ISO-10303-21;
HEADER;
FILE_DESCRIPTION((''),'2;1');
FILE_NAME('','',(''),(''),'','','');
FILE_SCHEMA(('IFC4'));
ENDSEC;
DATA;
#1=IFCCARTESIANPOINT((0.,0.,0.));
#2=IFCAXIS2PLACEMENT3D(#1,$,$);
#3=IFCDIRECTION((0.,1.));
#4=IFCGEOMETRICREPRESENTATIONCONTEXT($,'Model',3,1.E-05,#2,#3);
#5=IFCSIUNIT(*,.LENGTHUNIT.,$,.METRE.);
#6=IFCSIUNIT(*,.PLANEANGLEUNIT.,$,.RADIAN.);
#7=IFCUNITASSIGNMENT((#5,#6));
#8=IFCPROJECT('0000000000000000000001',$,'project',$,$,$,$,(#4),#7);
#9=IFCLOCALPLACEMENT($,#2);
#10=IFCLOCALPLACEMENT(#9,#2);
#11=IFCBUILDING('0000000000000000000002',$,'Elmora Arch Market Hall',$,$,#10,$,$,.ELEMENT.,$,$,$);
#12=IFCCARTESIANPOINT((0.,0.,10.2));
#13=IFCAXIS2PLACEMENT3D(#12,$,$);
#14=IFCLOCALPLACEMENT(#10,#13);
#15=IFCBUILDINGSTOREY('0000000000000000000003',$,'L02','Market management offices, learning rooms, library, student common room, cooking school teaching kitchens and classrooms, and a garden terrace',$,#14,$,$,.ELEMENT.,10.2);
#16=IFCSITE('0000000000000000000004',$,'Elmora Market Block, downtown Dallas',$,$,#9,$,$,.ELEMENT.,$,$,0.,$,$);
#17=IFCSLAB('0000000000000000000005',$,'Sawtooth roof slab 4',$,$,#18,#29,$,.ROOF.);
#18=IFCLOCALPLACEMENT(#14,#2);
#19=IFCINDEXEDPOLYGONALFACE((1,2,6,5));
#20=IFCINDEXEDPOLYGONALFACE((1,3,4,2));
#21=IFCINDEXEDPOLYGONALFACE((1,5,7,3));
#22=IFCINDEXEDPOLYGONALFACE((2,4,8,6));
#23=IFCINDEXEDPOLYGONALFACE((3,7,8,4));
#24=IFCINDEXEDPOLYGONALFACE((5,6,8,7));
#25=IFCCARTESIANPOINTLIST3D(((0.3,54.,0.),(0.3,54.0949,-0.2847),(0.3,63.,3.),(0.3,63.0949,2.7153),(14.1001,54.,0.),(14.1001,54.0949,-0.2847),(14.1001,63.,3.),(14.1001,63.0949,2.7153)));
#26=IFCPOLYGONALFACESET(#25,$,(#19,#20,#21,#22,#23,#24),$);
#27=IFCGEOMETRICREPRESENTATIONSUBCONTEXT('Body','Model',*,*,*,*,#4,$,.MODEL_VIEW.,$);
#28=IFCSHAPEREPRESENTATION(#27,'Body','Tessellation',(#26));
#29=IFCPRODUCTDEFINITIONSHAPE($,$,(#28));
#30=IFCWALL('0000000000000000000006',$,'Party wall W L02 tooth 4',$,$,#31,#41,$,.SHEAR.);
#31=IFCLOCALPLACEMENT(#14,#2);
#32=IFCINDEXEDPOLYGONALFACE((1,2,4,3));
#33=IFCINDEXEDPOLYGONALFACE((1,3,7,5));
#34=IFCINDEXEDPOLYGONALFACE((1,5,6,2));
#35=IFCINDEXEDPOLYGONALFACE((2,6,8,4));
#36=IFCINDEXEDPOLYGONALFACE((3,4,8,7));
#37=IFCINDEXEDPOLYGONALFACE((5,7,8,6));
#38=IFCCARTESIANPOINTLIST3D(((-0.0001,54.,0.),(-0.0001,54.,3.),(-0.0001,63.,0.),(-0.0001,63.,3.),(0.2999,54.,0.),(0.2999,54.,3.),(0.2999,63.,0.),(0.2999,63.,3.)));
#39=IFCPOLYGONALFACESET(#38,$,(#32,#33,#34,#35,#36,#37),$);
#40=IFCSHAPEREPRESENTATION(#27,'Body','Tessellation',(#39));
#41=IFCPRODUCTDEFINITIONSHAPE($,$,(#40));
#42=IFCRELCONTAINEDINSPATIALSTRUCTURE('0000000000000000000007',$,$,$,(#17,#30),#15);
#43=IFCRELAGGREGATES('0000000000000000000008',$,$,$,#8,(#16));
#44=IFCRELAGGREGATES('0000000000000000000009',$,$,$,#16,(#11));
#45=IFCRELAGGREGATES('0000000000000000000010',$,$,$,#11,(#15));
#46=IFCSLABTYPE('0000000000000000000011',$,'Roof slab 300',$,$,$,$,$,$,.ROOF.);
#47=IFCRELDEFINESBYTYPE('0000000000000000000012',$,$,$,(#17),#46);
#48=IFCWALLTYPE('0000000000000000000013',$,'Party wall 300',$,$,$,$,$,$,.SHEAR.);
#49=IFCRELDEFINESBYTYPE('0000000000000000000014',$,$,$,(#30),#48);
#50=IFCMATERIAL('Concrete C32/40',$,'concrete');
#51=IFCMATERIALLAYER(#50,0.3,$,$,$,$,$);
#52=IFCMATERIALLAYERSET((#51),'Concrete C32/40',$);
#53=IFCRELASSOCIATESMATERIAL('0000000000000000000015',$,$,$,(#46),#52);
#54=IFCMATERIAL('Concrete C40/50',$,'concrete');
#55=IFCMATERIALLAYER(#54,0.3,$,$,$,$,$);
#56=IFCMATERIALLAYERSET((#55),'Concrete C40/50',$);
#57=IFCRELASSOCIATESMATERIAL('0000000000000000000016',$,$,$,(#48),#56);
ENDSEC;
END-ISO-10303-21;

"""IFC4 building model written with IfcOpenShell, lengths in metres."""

from ifc_helpers import new_model, si_unit, direction, frame, frame_2d, origin, place, context, subcontext, project, spatial, polyline, rectangle, outline, extrude, material, layer, layer_set, type_object, element, save


model = new_model("IFC4")

# Units and contexts
model_context = context("Model", 3, precision=1e-05, world=origin(), true_north=direction((0.0, 1.0)))
body_context = subcontext(model_context, "Body", "Model", "MODEL_VIEW")
ifc_project = project(units=[si_unit("LENGTHUNIT", "METRE"), si_unit("PLANEANGLEUNIT", "RADIAN")], contexts=[model_context])

# Site, building, storey
site_placement = place(None, origin())
site = spatial("IfcSite", under=ifc_project, at=site_placement, Name="Elmora Market Block, downtown Dallas", CompositionType="ELEMENT", RefElevation=0.0)
building_placement = place(site_placement, origin())
building = spatial("IfcBuilding", under=site, at=building_placement, Name="Elmora Arch Market Hall", CompositionType="ELEMENT")
storey_placement = place(building_placement, frame((0.0, 0.0, 10.2)))
storey = spatial("IfcBuildingStorey", under=building, at=storey_placement, Name="L02", Description="Market management offices, learning rooms, library, student common room, cooking school teaching kitchens and classrooms, and a garden terrace", CompositionType="ELEMENT", Elevation=10.2)

# Slab
ifc_material_1 = material(Name="Concrete C32/40", Category="concrete")
ifc_layer_1 = layer(ifc_material_1, 0.3)
ifc_layer_set_1 = layer_set([ifc_layer_1], Name="Concrete C32/40")
slab_type = type_object("IfcSlabType", Name="Roof slab 300", PredefinedType="ROOF", material=ifc_layer_set_1)
slab_placement = place(storey_placement, frame((0.3, 54.0, 0.0), z_axis=(0.0, -0.316228, 0.948683), x_axis=(1.0, 0.0, 0.0)))
element("IfcSlab", 1, at=slab_placement, inside=storey, type_object=slab_type, Name="Sawtooth roof slab 4", PredefinedType="ROOF", context=body_context, shape_type="SweptSolid", body=[
    extrude(outline(polyline([(0.0, 0.0), (13.8, 0.0), (13.8, 9.4868), (0.0, 9.4868), (0.0, 0.0)])), origin(), (0.0, 0.0, -1.0), 0.3),
])

# Wall
ifc_material_2 = material(Name="Concrete C40/50", Category="concrete")
ifc_layer_2 = layer(ifc_material_2, 0.3)
ifc_layer_set_2 = layer_set([ifc_layer_2], Name="Concrete C40/50")
wall_type = type_object("IfcWallType", Name="Party wall 300", PredefinedType="SHEAR", material=ifc_layer_set_2)
wall_placement = place(storey_placement, frame((0.1499, 54.0, 0.0), z_axis=(0.0, 0.0, 1.0), x_axis=(0.0, 1.0, 0.0)))
element("IfcWall", 2, at=wall_placement, inside=storey, type_object=wall_type, Name="Party wall W L02 tooth 4", PredefinedType="SHEAR", context=body_context, shape_type="SweptSolid", body=[
    extrude(rectangle(XDim=9.0, YDim=0.3, at=frame_2d((4.5, 0.0))), origin(), (0.0, 0.0, 1.0), 3.0),
])

save(model, "model.ifc")
